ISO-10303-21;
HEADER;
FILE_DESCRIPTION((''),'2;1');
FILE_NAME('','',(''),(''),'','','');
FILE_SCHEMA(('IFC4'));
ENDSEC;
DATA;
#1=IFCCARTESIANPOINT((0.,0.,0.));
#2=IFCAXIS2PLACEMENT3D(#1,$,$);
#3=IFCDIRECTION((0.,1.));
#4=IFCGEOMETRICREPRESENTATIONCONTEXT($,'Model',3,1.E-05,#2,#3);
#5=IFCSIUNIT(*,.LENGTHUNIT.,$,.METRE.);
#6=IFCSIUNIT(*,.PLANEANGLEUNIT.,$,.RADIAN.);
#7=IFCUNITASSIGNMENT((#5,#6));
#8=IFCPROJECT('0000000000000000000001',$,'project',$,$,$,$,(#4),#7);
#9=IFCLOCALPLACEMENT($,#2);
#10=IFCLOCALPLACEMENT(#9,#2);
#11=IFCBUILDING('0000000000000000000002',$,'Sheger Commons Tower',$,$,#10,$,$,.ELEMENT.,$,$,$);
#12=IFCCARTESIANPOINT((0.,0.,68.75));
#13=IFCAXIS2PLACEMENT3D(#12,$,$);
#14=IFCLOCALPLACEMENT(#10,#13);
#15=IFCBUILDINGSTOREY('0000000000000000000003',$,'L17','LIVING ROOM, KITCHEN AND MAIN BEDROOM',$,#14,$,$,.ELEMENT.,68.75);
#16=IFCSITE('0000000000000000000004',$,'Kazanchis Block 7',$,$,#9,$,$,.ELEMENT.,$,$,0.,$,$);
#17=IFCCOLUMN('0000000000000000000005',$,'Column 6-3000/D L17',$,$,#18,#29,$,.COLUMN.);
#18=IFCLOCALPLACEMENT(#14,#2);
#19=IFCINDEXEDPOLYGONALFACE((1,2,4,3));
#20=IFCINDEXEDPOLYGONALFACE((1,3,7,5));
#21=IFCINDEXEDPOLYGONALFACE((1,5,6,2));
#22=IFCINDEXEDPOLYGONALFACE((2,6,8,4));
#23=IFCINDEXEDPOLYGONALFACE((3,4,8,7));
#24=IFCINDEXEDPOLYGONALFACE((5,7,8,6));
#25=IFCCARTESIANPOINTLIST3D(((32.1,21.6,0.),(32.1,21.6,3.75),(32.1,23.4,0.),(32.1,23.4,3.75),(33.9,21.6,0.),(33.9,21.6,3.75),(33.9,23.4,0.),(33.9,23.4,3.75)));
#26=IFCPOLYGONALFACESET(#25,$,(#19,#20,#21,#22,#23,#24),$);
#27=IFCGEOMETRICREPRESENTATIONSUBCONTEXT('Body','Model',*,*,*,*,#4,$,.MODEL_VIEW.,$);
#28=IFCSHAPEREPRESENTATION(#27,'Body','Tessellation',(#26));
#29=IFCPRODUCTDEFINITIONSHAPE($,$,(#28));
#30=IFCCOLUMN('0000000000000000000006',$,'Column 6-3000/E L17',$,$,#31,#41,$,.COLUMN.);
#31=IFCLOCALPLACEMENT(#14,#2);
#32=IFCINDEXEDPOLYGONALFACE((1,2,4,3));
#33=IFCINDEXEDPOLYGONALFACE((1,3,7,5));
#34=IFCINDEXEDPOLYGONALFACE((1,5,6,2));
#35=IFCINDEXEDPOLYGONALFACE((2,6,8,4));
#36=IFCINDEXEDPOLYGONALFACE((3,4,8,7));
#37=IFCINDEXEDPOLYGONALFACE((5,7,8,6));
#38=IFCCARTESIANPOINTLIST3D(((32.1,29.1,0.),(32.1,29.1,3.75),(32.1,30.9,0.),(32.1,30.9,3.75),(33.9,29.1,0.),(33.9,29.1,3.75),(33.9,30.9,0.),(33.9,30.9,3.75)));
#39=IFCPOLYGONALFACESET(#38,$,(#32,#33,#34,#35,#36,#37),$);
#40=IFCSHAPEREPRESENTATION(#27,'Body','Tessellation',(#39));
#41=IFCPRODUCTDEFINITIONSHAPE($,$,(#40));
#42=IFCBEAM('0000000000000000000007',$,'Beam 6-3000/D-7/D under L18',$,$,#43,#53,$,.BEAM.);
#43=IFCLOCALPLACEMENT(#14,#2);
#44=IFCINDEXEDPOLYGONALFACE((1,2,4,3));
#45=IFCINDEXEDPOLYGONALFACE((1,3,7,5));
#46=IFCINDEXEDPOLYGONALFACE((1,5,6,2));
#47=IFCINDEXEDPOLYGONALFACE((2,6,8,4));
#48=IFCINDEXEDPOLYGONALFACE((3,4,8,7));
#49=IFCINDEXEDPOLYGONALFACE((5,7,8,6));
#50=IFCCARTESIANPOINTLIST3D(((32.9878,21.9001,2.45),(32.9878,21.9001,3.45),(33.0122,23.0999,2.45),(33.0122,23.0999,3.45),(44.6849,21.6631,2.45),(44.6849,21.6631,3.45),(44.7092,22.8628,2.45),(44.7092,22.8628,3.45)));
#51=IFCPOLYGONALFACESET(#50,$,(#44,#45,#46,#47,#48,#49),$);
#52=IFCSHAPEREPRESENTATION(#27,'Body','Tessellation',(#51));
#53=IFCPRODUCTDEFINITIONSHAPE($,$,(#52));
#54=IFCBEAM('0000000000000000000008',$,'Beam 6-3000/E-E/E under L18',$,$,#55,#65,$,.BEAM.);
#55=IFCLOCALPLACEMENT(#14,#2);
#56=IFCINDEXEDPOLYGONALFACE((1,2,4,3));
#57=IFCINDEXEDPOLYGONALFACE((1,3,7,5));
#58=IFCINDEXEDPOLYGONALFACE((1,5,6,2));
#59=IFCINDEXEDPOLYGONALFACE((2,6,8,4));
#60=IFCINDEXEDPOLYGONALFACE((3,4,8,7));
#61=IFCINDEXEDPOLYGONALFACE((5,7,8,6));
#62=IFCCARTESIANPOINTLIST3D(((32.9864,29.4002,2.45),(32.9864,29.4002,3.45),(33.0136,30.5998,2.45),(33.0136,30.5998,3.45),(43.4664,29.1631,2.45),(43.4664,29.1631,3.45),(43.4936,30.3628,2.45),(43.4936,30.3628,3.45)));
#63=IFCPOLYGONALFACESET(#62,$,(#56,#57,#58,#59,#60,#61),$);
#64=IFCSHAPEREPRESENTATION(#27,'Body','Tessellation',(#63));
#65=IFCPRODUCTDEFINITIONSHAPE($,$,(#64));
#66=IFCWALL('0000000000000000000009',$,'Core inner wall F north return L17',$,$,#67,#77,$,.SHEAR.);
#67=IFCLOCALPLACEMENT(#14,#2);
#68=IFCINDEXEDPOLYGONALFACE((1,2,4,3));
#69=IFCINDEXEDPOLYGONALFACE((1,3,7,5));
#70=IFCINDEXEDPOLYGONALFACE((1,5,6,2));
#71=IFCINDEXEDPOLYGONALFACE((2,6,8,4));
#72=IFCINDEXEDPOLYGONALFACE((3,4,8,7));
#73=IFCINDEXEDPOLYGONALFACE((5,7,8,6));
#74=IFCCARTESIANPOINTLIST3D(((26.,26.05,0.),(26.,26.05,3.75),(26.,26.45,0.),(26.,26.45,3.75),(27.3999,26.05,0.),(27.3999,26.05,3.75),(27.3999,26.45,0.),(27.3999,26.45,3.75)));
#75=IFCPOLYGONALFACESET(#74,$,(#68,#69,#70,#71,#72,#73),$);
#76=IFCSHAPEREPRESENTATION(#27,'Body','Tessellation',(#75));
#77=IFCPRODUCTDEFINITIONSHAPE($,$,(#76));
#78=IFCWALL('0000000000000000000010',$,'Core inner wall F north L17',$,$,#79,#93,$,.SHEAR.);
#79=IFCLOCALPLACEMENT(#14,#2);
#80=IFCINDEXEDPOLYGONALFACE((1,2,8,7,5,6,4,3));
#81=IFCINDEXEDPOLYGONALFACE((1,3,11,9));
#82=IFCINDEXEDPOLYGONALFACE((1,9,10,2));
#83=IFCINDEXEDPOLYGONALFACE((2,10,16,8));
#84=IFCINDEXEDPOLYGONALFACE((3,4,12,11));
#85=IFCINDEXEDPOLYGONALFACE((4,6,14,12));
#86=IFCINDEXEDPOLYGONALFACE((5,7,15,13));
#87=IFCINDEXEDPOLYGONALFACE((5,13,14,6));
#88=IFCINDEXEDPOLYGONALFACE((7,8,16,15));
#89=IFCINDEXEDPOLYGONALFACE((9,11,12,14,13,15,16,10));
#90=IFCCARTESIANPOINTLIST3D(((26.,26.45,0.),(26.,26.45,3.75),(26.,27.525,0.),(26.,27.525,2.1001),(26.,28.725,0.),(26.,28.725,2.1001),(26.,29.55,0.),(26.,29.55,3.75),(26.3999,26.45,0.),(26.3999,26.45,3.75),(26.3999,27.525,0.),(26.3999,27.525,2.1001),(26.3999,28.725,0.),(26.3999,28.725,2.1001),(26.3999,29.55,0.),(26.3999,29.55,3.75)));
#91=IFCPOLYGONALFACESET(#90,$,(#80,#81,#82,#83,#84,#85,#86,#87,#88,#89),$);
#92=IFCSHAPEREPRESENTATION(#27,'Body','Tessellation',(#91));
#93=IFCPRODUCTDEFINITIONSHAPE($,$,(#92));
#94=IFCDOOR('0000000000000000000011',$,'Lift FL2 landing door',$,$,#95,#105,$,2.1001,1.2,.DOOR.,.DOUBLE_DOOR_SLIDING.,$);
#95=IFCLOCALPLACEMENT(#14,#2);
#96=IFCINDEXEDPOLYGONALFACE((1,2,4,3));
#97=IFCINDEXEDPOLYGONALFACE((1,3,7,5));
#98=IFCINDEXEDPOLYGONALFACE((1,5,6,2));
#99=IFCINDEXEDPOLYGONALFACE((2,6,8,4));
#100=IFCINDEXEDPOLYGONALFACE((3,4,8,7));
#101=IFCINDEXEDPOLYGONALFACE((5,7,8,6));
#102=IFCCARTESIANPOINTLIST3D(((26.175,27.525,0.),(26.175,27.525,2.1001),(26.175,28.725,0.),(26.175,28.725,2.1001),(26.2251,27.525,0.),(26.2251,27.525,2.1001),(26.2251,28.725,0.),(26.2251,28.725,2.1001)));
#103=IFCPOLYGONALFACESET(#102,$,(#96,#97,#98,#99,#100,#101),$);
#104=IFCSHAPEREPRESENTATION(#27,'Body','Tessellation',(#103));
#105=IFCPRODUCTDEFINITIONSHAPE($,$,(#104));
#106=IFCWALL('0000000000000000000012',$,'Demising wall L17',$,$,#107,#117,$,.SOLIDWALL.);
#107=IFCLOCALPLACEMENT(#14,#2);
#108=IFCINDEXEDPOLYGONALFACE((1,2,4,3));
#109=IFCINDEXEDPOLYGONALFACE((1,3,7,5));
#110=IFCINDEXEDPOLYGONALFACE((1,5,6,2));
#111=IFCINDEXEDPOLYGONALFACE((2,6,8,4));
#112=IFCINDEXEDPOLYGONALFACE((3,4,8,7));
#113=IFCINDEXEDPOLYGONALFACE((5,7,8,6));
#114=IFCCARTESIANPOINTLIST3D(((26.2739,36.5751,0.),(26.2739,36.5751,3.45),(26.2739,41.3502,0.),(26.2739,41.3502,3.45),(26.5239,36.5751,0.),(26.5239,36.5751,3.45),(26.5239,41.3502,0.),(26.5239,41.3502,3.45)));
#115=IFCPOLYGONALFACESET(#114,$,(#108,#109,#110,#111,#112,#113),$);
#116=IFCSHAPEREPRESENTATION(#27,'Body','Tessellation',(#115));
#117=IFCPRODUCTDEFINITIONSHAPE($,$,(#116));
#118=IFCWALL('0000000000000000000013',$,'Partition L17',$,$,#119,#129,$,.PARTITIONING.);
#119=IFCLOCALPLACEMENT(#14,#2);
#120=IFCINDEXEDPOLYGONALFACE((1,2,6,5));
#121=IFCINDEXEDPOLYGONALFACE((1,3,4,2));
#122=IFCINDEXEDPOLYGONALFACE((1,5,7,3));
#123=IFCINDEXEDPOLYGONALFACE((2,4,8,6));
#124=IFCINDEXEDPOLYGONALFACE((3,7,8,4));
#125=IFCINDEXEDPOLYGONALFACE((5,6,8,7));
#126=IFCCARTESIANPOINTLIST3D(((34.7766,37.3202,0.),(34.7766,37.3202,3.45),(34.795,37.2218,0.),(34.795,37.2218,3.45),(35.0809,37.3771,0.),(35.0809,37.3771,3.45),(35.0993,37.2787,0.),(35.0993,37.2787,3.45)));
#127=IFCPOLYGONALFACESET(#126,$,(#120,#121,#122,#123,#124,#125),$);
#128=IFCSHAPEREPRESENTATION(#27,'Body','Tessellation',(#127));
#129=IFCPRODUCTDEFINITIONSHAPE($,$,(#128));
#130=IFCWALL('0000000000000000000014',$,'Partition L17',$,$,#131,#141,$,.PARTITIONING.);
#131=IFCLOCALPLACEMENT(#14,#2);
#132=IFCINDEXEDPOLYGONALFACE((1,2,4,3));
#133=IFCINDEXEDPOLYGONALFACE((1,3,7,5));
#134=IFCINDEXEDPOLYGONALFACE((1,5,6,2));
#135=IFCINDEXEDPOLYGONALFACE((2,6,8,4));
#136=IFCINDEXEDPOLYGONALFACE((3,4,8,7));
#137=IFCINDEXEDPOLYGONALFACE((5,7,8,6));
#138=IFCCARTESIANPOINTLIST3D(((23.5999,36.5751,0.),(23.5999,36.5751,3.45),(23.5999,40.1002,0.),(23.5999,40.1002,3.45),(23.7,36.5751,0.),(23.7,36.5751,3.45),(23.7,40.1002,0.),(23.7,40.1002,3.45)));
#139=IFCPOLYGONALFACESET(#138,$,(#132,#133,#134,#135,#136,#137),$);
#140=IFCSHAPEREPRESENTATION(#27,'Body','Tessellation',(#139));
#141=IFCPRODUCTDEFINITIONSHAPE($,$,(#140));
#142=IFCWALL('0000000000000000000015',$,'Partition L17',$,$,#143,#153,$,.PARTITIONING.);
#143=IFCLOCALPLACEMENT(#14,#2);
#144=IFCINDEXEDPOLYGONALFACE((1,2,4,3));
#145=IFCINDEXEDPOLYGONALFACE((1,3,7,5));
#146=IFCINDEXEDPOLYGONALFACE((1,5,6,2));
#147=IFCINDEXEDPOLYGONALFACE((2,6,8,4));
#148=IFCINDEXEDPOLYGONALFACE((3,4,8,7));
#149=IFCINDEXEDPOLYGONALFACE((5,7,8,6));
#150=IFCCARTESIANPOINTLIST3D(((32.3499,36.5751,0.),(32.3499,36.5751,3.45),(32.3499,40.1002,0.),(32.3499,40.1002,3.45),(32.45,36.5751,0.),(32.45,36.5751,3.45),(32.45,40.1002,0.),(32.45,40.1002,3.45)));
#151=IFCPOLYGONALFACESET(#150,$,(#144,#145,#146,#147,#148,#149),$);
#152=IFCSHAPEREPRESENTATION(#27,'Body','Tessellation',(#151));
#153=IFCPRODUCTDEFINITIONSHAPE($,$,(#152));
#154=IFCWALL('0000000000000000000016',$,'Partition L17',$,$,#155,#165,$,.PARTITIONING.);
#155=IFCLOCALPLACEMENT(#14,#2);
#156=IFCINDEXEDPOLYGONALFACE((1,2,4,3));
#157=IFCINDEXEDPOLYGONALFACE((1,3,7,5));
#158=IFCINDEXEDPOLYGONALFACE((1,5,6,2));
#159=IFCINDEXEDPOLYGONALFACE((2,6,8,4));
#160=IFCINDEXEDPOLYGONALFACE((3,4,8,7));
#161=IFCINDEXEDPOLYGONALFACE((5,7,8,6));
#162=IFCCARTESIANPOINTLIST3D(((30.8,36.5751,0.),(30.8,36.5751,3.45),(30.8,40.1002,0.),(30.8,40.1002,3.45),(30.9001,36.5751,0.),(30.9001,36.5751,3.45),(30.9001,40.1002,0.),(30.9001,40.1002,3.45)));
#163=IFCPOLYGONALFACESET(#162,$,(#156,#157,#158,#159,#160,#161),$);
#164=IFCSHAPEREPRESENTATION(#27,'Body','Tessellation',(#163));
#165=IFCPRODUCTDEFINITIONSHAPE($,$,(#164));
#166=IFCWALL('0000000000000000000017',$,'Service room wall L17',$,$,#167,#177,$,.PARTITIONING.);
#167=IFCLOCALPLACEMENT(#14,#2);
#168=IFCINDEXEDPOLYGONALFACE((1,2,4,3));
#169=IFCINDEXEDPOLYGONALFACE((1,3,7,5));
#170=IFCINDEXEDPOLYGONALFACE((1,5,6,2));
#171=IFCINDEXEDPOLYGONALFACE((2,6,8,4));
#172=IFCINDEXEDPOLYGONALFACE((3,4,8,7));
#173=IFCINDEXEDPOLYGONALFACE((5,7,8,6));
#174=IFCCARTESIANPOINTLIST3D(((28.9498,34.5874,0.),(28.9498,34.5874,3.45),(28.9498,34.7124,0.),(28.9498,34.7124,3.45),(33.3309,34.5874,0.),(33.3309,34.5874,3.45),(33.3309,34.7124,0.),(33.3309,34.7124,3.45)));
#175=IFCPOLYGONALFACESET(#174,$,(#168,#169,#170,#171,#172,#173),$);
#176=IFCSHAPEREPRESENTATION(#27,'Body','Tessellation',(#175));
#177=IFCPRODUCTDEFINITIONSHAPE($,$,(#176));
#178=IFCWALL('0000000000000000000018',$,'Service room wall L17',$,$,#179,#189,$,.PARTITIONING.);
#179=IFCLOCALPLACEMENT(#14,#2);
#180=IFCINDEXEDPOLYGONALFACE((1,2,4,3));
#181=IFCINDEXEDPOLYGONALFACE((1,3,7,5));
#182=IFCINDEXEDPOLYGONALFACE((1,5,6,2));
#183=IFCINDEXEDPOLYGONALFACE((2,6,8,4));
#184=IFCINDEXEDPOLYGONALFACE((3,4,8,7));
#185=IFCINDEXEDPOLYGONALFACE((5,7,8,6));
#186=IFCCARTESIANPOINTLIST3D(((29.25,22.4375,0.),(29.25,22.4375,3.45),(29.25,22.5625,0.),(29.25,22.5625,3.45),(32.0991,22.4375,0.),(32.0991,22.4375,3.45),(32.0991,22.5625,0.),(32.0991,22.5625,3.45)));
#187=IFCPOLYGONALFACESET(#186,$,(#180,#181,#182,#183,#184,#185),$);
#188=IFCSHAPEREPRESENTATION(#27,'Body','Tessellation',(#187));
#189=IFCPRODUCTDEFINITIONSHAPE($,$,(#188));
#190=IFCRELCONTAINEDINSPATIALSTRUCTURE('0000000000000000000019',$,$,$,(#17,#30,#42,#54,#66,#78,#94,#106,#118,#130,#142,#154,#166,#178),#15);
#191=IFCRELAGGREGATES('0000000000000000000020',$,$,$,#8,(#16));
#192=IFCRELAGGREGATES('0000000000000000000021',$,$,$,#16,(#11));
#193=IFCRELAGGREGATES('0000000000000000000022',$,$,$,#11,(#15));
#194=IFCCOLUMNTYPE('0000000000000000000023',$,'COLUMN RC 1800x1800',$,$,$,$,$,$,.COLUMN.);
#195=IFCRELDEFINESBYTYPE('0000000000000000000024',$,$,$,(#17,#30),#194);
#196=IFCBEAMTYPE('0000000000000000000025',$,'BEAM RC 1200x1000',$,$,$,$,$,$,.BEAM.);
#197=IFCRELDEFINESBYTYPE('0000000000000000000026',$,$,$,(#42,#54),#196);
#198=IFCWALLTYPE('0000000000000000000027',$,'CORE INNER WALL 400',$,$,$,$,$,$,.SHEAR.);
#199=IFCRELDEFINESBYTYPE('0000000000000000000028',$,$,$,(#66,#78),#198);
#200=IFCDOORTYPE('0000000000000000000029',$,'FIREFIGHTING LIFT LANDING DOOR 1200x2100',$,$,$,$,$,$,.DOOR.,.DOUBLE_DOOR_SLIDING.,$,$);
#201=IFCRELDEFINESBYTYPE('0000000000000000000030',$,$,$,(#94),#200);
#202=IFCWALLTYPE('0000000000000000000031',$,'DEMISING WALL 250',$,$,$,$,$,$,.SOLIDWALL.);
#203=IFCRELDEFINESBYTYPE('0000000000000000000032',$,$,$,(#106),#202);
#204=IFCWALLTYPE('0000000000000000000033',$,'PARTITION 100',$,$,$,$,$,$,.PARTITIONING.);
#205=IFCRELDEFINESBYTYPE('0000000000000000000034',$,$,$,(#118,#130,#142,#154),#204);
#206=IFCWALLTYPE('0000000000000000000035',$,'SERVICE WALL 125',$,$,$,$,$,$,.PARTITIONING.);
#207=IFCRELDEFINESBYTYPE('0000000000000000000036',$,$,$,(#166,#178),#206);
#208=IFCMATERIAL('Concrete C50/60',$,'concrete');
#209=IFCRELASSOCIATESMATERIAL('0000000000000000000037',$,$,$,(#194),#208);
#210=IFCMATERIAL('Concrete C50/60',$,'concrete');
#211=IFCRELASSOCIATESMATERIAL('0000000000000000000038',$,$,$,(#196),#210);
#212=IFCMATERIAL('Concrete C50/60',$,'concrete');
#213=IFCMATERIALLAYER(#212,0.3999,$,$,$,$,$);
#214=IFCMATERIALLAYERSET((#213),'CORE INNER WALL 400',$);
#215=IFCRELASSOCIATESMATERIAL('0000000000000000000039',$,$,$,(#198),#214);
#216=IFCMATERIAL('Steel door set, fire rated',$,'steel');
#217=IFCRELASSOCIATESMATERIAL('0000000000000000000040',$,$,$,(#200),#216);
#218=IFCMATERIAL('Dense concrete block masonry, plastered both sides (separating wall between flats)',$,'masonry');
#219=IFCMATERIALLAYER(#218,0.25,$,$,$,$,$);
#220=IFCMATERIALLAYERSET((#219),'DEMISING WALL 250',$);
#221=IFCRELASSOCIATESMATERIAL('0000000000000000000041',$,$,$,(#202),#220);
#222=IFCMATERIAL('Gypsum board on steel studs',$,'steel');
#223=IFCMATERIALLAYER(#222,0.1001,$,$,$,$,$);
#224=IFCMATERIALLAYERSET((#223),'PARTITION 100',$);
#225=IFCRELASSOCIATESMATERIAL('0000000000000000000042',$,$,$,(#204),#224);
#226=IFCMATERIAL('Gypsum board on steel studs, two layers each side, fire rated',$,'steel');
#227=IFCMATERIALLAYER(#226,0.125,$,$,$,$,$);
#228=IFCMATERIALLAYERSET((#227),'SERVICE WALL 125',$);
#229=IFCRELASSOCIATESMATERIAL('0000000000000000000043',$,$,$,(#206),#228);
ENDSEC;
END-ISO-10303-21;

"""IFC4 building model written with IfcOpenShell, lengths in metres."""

from ifc_helpers import new_model, si_unit, direction, frame, frame_2d, origin, origin_2d, place, context, subcontext, project, spatial, rectangle, extrude, material, layer, layer_set, material_profile, profile_set, type_object, element, fill, save


model = new_model("IFC4")

# Units and contexts
model_context = context("Model", 3, precision=1e-05, world=origin(), true_north=direction((0.0, 1.0)))
body_context = subcontext(model_context, "Body", "Model", "MODEL_VIEW")
ifc_project = project(units=[si_unit("LENGTHUNIT", "METRE"), si_unit("PLANEANGLEUNIT", "RADIAN")], contexts=[model_context])

# Site, building, storey
site_placement = place(None, origin())
site = spatial("IfcSite", under=ifc_project, at=site_placement, Name="Kazanchis Block 7", CompositionType="ELEMENT", RefElevation=0.0)
building_placement = place(site_placement, origin())
building = spatial("IfcBuilding", under=site, at=building_placement, Name="Sheger Commons Tower", CompositionType="ELEMENT")
storey_placement = place(building_placement, frame((0.0, 0.0, 68.75)))
storey = spatial("IfcBuildingStorey", under=building, at=storey_placement, Name="L17", Description="LIVING ROOM, KITCHEN AND MAIN BEDROOM", CompositionType="ELEMENT", Elevation=68.75)

# Columns
ifc_material_1 = material(Name="Concrete C50/60", Category="concrete")
ifc_material_profile_1 = material_profile(ifc_material_1, rectangle(XDim=1.8, YDim=1.8, at=origin_2d()), Name="RC 1800x1800")
ifc_profile_set_1 = profile_set([ifc_material_profile_1], Name="Concrete C50/60")
column_type = type_object("IfcColumnType", Name="COLUMN RC 1800x1800", PredefinedType="COLUMN", material=ifc_profile_set_1)
for number, where, z_axis, x_axis, name in (
    (1, (33.0, 22.5, 0.0), (0.0, 0.0, 1.0), (1.0, 0.0, 0.0), "Column 6-3000/D L17"),
    (2, (33.0, 30.0, 0.0), (0.0, 0.0, 1.0), (1.0, 0.0, 0.0), "Column 6-3000/E L17"),
):
    element("IfcColumn", number, at=place(storey_placement, frame(where, z_axis=z_axis, x_axis=x_axis)), inside=storey, type_object=column_type, Name=name, PredefinedType="COLUMN", context=body_context, shape_type="SweptSolid", body=[
        extrude(rectangle(XDim=1.8, YDim=1.8, at=origin_2d()), origin(), (0.0, 0.0, 1.0), 3.75),
    ])

# Beams
ifc_material_2 = material(Name="Concrete C50/60", Category="concrete")
ifc_material_profile_2 = material_profile(ifc_material_2, rectangle(XDim=1.2, YDim=1.0, at=origin_2d()), Name="RC 1200x1000")
ifc_profile_set_2 = profile_set([ifc_material_profile_2], Name="Concrete C50/60")
beam_type = type_object("IfcBeamType", Name="BEAM RC 1200x1000", PredefinedType="BEAM", material=ifc_profile_set_2)
beam_1_placement = place(storey_placement, frame((33.0, 22.5, 2.95), z_axis=(0.999795, -0.020263, 0.0), x_axis=(0.020263, 0.999795, 0.0)))
element("IfcBeam", 3, at=beam_1_placement, inside=storey, type_object=beam_type, Name="Beam 6-3000/D-7/D under L18", PredefinedType="BEAM", context=body_context, shape_type="SweptSolid", body=[
    extrude(rectangle(XDim=1.2, YDim=1.0, at=origin_2d()), origin(), (0.0, 0.0, 1.0), 11.6995),
])
beam_2_placement = place(storey_placement, frame((33.0, 30.0, 2.95), z_axis=(0.999744, -0.022615, 0.0), x_axis=(0.022615, 0.999744, 0.0)))
element("IfcBeam", 4, at=beam_2_placement, inside=storey, type_object=beam_type, Name="Beam 6-3000/E-E/E under L18", PredefinedType="BEAM", context=body_context, shape_type="SweptSolid", body=[
    extrude(rectangle(XDim=1.2, YDim=1.0, at=origin_2d()), origin(), (0.0, 0.0, 1.0), 10.4827),
])

# Wall
ifc_material_3 = material(Name="Concrete C50/60", Category="concrete")
ifc_layer_1 = layer(ifc_material_3, 0.3999)
ifc_layer_set_1 = layer_set([ifc_layer_1], Name="CORE INNER WALL 400")
wall_type_1 = type_object("IfcWallType", Name="CORE INNER WALL 400", PredefinedType="SHEAR", material=ifc_layer_set_1)
wall_1_placement = place(storey_placement, frame((26.0, 26.25, 0.0), z_axis=(0.0, 0.0, 1.0), x_axis=(1.0, 0.0, 0.0)))
element("IfcWall", 5, at=wall_1_placement, inside=storey, type_object=wall_type_1, Name="Core inner wall F north return L17", PredefinedType="SHEAR", context=body_context, shape_type="SweptSolid", body=[
    extrude(rectangle(XDim=1.3999, YDim=0.3999, at=frame_2d((0.7, 0.0))), origin(), (0.0, 0.0, 1.0), 3.75),
])

# Wall, opening, door
wall_2_placement = place(storey_placement, frame((26.2, 26.45, 0.0), z_axis=(0.0, 0.0, 1.0), x_axis=(0.0, 1.0, 0.0)))
wall_2 = element("IfcWall", 6, at=wall_2_placement, inside=storey, type_object=wall_type_1, Name="Core inner wall F north L17", PredefinedType="SHEAR", context=body_context, shape_type="SweptSolid", body=[
    extrude(rectangle(XDim=3.1001, YDim=0.3999, at=frame_2d((1.55, 0.0))), origin(), (0.0, 0.0, 1.0), 3.75),
])
opening_1_placement = place(wall_2_placement, frame((1.075, 0.0, 0.0)))
opening_1 = element("IfcOpeningElement", 7, at=opening_1_placement, cuts=wall_2, PredefinedType="OPENING", context=body_context, shape_type="SweptSolid", body=[
    extrude(rectangle(XDim=1.2, YDim=2.1001, at=frame_2d((0.6001, 1.05))), frame((0.0, 0.21, 0.0), z_axis=(0.0, -1.0, 0.0), x_axis=(1.0, 0.0, 0.0)), (0.0, 0.0, 1.0), 0.4199),
])
ifc_material_4 = material(Name="Steel door set, fire rated", Category="steel")
door_type_1 = type_object("IfcDoorType", Name="FIREFIGHTING LIFT LANDING DOOR 1200x2100", OperationType="DOUBLE_DOOR_SLIDING", PredefinedType="DOOR", material=ifc_material_4)
door_1_placement = place(opening_1_placement, origin())
door_1 = element("IfcDoor", 8, at=door_1_placement, inside=storey, type_object=door_type_1, Name="Lift FL2 landing door", OperationType="DOUBLE_DOOR_SLIDING", OverallHeight=2.1001, OverallWidth=1.2, PredefinedType="DOOR", context=body_context, shape_type="SweptSolid", body=[
    extrude(rectangle(XDim=1.2, YDim=2.1001, at=frame_2d((0.6001, 1.05))), frame((0.0, 0.0249, 0.0), z_axis=(0.0, -1.0, 0.0), x_axis=(1.0, 0.0, 0.0)), (0.0, 0.0, 1.0), 0.05),
])
fill(opening_1, door_1)

# Walls
ifc_material_5 = material(Name="Dense concrete block masonry, plastered both sides (separating wall between flats)", Category="masonry")
ifc_layer_2 = layer(ifc_material_5, 0.25)
ifc_layer_set_2 = layer_set([ifc_layer_2], Name="DEMISING WALL 250")
wall_type_2 = type_object("IfcWallType", Name="DEMISING WALL 250", PredefinedType="SOLIDWALL", material=ifc_layer_set_2)
wall_3_placement = place(storey_placement, frame((26.3989, 36.575, 0.0), z_axis=(0.0, 0.0, 1.0), x_axis=(0.0, 1.0, 0.0)))
element("IfcWall", 9, at=wall_3_placement, inside=storey, type_object=wall_type_2, Name="Demising wall L17", PredefinedType="SOLIDWALL", context=body_context, shape_type="SweptSolid", body=[
    extrude(rectangle(XDim=4.7751, YDim=0.25, at=frame_2d((2.3877, 0.0))), origin(), (0.0, 0.0, 1.0), 3.45),
])
ifc_material_6 = material(Name="Gypsum board on steel studs", Category="steel")
ifc_layer_3 = layer(ifc_material_6, 0.1001)
ifc_layer_set_3 = layer_set([ifc_layer_3], Name="PARTITION 100")
wall_type_3 = type_object("IfcWallType", Name="PARTITION 100", PredefinedType="PARTITIONING", material=ifc_layer_set_3)
wall_4_placement = place(storey_placement, frame((35.0901, 37.3279, 0.0), z_axis=(0.0, 0.0, 1.0), x_axis=(-0.982961, -0.183812, 0.0)))
element("IfcWall", 10, at=wall_4_placement, inside=storey, type_object=wall_type_3, Name="Partition L17", PredefinedType="PARTITIONING", context=body_context, shape_type="SweptSolid", body=[
    extrude(rectangle(XDim=0.3096, YDim=0.1001, at=frame_2d((0.1548, 0.0))), origin(), (0.0, 0.0, 1.0), 3.45),
])
for number, where, z_axis, x_axis, name in (
    (11, (23.6499, 36.575, 0.0), (0.0, 0.0, 1.0), (0.0, 1.0, 0.0), "Partition L17"),
    (12, (32.3999, 36.575, 0.0), (0.0, 0.0, 1.0), (0.0, 1.0, 0.0), "Partition L17"),
    (13, (30.8501, 36.575, 0.0), (0.0, 0.0, 1.0), (0.0, 1.0, 0.0), "Partition L17"),
):
    element("IfcWall", number, at=place(storey_placement, frame(where, z_axis=z_axis, x_axis=x_axis)), inside=storey, type_object=wall_type_3, Name=name, PredefinedType="PARTITIONING", context=body_context, shape_type="SweptSolid", body=[
        extrude(rectangle(XDim=3.5251, YDim=0.1001, at=frame_2d((1.7627, 0.0))), origin(), (0.0, 0.0, 1.0), 3.45),
    ])
ifc_material_7 = material(Name="Gypsum board on steel studs, two layers each side, fire rated", Category="steel")
ifc_layer_4 = layer(ifc_material_7, 0.125)
ifc_layer_set_4 = layer_set([ifc_layer_4], Name="SERVICE WALL 125")
wall_type_4 = type_object("IfcWallType", Name="SERVICE WALL 125", PredefinedType="PARTITIONING", material=ifc_layer_set_4)
wall_5_placement = place(storey_placement, frame((28.95, 34.6499, 0.0), z_axis=(0.0, 0.0, 1.0), x_axis=(1.0, 0.0, 0.0)))
element("IfcWall", 14, at=wall_5_placement, inside=storey, type_object=wall_type_4, Name="Service room wall L17", PredefinedType="PARTITIONING", context=body_context, shape_type="SweptSolid", body=[
    extrude(rectangle(XDim=4.3811, YDim=0.125, at=frame_2d((2.1904, 0.0))), origin(), (0.0, 0.0, 1.0), 3.45),
])
wall_6_placement = place(storey_placement, frame((29.25, 22.5, 0.0), z_axis=(0.0, 0.0, 1.0), x_axis=(1.0, 0.0, 0.0)))
element("IfcWall", 15, at=wall_6_placement, inside=storey, type_object=wall_type_4, Name="Service room wall L17", PredefinedType="PARTITIONING", context=body_context, shape_type="SweptSolid", body=[
    extrude(rectangle(XDim=2.8491, YDim=0.125, at=frame_2d((1.4246, 0.0))), origin(), (0.0, 0.0, 1.0), 3.45),
])

save(model, "model.ifc")
